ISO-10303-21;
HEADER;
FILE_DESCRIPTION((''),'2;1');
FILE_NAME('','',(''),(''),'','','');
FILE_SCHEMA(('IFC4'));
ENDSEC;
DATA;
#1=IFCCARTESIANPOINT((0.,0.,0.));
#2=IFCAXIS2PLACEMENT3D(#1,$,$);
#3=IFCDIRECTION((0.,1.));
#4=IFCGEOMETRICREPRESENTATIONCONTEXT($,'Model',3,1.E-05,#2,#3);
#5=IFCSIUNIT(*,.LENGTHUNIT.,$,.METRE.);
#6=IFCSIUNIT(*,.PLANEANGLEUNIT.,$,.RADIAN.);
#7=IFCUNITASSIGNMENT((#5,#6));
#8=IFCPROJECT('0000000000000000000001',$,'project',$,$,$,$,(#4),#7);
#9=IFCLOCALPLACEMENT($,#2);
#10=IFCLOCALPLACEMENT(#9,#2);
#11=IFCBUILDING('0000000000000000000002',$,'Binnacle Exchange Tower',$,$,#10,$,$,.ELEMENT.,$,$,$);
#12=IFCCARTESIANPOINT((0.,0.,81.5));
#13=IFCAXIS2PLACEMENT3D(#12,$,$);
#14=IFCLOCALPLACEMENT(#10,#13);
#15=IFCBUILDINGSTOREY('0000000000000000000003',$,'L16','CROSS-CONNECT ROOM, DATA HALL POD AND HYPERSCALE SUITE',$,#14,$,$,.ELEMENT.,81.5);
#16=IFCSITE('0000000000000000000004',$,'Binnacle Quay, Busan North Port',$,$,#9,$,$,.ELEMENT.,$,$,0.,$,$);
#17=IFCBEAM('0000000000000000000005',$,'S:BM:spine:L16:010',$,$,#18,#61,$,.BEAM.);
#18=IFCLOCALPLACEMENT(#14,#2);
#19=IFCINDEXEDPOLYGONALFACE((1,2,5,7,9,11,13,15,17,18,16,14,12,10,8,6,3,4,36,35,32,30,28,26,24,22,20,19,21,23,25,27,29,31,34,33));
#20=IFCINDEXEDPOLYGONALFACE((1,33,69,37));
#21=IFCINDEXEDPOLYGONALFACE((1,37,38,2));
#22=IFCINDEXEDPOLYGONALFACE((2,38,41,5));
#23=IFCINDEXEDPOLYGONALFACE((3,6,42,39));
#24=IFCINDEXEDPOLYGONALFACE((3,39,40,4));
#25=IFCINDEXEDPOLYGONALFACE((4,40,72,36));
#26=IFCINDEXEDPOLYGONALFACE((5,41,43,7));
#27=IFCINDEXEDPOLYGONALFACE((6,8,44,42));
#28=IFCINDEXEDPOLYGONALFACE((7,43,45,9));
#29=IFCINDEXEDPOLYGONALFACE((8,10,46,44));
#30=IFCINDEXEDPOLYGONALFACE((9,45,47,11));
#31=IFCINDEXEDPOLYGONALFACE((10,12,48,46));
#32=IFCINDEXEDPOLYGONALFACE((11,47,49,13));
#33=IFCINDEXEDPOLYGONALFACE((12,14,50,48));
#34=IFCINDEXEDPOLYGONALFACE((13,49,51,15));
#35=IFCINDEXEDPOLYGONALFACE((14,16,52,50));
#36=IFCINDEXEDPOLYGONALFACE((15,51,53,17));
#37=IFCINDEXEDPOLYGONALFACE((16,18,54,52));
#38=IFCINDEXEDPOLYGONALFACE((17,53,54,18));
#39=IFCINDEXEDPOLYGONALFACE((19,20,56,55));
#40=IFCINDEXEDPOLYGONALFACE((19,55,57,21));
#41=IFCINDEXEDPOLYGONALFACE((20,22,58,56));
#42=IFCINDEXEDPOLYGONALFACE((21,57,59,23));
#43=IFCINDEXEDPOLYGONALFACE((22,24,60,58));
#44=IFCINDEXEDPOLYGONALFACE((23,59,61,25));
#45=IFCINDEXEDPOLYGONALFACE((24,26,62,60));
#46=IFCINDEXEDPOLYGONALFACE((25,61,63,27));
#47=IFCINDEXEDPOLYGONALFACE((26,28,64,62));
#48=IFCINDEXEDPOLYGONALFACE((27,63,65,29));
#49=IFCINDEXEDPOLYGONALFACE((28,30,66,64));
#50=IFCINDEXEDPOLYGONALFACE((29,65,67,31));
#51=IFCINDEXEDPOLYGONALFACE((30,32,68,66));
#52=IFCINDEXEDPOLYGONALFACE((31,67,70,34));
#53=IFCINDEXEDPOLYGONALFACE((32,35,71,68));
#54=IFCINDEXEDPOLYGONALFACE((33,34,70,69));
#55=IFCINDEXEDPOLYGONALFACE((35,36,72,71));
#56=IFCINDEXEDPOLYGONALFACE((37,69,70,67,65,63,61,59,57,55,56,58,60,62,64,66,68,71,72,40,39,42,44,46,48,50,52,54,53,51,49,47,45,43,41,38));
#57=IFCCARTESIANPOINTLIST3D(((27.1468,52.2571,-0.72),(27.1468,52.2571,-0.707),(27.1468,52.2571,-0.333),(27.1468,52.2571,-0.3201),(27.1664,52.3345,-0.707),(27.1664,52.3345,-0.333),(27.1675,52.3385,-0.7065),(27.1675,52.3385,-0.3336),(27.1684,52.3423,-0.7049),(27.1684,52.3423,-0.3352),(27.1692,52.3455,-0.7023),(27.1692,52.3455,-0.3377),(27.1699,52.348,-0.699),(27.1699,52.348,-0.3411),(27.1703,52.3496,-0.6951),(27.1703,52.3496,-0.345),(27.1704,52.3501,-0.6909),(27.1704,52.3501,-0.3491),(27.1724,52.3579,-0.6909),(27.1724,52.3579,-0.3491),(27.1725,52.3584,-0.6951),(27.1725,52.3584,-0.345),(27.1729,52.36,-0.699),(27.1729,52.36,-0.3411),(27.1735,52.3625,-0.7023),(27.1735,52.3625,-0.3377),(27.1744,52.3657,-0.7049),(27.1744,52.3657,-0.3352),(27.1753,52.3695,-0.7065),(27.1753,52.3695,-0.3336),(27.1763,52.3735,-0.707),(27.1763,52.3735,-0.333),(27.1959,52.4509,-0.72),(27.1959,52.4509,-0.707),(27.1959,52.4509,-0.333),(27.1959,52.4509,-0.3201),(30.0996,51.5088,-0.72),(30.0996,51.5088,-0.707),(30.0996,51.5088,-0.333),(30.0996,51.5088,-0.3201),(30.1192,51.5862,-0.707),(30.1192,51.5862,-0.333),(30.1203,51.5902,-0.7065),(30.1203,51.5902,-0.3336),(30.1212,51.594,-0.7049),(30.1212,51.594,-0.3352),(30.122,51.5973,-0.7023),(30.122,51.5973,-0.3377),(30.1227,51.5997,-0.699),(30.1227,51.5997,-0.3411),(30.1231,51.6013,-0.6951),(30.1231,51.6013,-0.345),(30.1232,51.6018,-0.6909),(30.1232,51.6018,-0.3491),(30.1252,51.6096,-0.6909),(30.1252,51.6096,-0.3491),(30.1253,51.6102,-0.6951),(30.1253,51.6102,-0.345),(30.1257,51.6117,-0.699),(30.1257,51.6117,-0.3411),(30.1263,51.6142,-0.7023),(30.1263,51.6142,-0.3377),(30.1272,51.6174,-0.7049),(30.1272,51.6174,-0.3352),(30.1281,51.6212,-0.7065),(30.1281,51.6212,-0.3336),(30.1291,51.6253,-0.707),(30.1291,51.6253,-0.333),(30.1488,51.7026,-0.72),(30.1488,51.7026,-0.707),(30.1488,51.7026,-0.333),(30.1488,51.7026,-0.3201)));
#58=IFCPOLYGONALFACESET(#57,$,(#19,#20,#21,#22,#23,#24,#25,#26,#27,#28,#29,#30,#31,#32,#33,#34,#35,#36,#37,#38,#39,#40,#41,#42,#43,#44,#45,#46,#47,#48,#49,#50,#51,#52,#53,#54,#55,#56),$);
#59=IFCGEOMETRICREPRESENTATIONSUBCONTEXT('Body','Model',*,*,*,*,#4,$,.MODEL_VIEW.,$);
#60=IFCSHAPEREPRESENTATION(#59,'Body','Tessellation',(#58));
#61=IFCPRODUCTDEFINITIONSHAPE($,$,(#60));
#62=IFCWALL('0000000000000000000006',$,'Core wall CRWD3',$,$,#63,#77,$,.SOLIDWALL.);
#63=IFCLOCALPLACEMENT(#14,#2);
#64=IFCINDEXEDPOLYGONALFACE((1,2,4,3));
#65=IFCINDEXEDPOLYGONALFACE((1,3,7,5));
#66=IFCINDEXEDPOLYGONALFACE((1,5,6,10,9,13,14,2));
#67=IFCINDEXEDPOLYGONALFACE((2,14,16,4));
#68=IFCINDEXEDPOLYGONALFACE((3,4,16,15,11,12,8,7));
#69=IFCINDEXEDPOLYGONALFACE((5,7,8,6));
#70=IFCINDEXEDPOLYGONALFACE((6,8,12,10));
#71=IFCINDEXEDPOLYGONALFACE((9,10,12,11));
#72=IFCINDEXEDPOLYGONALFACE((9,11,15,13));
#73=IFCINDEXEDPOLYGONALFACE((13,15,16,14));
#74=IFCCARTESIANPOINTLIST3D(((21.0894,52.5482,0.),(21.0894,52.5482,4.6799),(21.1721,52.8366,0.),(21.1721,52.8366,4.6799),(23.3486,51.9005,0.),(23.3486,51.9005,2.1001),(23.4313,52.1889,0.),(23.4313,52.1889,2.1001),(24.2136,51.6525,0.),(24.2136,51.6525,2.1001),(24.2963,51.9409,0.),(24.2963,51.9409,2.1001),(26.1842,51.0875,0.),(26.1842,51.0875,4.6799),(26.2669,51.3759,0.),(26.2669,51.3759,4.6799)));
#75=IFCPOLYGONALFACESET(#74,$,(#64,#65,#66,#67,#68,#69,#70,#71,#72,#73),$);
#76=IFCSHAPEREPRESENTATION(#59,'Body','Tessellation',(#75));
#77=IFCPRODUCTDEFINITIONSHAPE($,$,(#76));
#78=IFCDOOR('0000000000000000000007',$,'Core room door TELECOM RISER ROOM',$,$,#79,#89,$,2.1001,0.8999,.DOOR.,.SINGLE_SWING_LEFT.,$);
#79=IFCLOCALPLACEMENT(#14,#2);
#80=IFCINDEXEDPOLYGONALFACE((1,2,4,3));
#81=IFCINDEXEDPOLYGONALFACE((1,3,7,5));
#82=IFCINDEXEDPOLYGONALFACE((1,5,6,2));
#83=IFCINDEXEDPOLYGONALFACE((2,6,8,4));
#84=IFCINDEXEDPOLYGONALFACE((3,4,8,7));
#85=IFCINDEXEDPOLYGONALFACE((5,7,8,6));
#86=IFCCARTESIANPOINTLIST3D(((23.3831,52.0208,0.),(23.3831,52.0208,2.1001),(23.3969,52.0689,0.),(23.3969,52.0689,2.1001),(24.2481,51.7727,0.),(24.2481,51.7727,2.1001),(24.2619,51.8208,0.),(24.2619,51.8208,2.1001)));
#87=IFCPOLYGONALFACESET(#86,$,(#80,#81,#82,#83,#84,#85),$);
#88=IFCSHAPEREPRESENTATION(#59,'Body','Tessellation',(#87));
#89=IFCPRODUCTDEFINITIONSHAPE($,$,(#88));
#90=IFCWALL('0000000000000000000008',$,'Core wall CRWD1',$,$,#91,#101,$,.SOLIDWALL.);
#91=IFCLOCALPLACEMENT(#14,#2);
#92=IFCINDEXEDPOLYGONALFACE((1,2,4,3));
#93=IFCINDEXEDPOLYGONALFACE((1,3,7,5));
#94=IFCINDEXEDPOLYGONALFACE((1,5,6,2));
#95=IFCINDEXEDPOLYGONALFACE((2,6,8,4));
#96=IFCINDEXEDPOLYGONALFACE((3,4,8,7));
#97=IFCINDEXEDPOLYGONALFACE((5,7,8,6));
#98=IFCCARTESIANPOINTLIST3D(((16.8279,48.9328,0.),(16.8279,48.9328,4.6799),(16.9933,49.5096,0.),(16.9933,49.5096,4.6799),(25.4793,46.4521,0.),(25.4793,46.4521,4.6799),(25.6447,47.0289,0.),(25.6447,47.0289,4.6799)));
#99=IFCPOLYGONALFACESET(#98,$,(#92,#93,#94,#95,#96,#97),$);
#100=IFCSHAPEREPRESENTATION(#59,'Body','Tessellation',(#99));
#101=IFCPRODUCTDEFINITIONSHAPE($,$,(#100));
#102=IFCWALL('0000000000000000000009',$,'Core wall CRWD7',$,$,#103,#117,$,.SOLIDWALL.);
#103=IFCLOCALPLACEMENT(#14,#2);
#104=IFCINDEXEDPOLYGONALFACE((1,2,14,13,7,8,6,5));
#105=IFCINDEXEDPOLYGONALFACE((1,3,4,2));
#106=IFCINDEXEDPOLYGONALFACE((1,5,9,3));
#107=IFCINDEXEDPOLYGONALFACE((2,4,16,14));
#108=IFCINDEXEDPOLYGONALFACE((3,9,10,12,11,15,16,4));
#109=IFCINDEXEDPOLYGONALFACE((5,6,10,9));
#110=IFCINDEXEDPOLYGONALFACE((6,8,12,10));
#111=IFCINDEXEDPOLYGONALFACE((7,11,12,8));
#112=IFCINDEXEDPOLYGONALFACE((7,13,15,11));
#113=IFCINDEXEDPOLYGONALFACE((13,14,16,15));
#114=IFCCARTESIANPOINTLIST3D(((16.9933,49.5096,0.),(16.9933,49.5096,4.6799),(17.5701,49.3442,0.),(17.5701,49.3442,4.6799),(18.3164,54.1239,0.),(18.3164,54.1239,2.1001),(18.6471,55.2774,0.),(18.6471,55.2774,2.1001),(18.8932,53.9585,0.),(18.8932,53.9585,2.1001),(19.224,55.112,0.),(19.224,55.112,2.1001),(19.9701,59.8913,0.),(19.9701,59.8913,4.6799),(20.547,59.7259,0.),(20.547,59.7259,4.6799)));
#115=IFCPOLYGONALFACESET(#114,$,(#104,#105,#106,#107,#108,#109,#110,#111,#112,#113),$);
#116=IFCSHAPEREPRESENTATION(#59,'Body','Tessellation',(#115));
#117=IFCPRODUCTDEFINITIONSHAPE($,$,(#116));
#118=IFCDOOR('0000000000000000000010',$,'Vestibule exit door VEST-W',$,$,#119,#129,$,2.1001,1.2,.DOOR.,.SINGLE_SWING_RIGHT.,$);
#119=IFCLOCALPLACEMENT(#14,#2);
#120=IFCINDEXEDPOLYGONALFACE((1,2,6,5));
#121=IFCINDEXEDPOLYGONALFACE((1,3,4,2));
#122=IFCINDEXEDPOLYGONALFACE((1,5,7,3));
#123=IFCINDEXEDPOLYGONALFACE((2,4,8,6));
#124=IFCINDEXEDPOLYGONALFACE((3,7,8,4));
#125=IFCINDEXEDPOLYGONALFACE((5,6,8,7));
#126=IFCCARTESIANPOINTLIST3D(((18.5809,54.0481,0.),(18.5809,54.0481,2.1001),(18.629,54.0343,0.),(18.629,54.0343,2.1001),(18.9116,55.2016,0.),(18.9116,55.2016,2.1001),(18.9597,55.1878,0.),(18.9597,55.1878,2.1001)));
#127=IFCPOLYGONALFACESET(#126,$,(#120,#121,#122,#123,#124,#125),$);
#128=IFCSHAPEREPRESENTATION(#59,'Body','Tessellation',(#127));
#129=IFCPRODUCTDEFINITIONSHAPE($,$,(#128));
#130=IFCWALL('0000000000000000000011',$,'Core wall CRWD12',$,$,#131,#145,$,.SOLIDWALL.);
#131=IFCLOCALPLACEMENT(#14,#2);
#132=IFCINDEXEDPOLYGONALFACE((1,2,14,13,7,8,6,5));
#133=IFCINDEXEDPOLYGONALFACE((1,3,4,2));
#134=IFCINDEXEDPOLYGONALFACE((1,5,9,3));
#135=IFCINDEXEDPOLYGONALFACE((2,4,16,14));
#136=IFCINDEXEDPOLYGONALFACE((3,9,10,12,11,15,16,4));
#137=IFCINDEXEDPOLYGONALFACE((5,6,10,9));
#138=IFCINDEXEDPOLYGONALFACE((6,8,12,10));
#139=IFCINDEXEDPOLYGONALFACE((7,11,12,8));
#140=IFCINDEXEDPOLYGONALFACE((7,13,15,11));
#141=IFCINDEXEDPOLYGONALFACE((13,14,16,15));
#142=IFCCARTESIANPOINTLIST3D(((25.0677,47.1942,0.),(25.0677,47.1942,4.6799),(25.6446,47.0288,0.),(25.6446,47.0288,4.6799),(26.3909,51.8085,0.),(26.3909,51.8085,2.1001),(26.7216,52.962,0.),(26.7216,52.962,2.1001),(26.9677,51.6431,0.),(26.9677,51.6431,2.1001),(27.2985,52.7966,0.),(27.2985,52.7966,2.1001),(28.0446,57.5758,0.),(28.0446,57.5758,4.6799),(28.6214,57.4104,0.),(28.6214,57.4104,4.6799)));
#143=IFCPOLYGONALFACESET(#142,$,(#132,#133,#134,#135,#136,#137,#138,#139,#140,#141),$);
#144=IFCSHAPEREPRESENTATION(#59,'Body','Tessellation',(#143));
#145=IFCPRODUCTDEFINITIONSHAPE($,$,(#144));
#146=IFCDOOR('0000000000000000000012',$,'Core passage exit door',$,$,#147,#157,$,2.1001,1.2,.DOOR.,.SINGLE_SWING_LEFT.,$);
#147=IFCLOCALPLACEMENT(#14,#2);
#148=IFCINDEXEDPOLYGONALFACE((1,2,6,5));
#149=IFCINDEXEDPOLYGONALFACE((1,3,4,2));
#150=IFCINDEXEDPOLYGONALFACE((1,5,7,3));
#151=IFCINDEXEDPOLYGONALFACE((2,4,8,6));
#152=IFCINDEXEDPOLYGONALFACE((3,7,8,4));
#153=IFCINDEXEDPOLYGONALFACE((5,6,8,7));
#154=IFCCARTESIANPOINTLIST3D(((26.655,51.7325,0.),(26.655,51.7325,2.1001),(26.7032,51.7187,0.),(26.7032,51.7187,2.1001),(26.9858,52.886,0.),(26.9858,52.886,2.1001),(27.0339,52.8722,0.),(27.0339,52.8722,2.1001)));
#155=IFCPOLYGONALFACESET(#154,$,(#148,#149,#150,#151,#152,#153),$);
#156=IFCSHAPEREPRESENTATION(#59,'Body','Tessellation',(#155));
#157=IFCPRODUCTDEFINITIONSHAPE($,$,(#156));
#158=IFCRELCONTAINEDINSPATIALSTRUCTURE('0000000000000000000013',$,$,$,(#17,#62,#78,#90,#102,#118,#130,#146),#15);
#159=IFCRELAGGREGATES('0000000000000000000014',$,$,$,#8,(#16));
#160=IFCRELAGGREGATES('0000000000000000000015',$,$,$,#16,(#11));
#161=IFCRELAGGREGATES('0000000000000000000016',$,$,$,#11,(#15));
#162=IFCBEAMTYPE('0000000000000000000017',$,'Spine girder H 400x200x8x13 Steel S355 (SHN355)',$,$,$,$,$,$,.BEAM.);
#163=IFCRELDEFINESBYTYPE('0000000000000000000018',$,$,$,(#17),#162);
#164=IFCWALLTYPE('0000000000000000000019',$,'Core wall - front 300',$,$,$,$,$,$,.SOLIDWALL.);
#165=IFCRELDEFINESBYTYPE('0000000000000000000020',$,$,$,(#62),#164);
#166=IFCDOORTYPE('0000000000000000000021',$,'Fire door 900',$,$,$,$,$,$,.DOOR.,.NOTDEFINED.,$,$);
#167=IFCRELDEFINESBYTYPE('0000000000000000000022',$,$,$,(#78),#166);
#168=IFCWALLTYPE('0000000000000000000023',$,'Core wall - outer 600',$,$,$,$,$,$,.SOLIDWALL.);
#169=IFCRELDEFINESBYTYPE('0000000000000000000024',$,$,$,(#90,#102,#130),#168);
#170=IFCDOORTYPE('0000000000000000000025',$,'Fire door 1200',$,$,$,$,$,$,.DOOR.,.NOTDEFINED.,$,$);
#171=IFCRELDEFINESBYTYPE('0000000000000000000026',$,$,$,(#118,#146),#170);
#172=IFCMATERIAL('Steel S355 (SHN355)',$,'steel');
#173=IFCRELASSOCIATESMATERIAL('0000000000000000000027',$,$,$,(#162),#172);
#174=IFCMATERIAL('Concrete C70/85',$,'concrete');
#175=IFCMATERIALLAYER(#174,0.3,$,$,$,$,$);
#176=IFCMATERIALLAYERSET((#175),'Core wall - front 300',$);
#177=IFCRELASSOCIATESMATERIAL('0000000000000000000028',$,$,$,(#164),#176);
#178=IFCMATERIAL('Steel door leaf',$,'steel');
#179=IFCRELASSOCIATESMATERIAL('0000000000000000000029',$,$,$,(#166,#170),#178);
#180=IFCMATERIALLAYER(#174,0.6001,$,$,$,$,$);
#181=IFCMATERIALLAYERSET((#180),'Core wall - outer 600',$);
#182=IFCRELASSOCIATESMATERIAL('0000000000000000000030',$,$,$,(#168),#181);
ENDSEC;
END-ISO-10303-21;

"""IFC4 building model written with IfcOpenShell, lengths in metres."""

from ifc_helpers import new_model, si_unit, direction, frame, frame_2d, origin, origin_2d, place, context, subcontext, project, spatial, rectangle, i_section, extrude, material, layer, layer_set, material_profile, profile_set, type_object, element, fill, save


model = new_model("IFC4")

# Units and contexts
model_context = context("Model", 3, precision=1e-05, world=origin(), true_north=direction((0.0, 1.0)))
body_context = subcontext(model_context, "Body", "Model", "MODEL_VIEW")
ifc_project = project(units=[si_unit("LENGTHUNIT", "METRE"), si_unit("PLANEANGLEUNIT", "RADIAN")], contexts=[model_context])

# Site, building, storey
site_placement = place(None, origin())
site = spatial("IfcSite", under=ifc_project, at=site_placement, Name="Binnacle Quay, Busan North Port", CompositionType="ELEMENT", RefElevation=0.0)
building_placement = place(site_placement, origin())
building = spatial("IfcBuilding", under=site, at=building_placement, Name="Binnacle Exchange Tower", CompositionType="ELEMENT")
storey_placement = place(building_placement, frame((0.0, 0.0, 81.5)))
storey = spatial("IfcBuildingStorey", under=building, at=storey_placement, Name="L16", Description="CROSS-CONNECT ROOM, DATA HALL POD AND HYPERSCALE SUITE", CompositionType="ELEMENT", Elevation=81.5)

# Shared definitions
ifc_material_1 = material(Name="Concrete C70/85", Category="concrete")

# Beam
ifc_material_2 = material(Name="Steel S355 (SHN355)", Category="steel")
ifc_material_profile_1 = material_profile(ifc_material_2, i_section(OverallWidth=0.2, OverallDepth=0.3999, WebThickness=0.0081, FlangeThickness=0.0129, FilletRadius=0.0161, at=origin_2d()), Name="H 400x200x8x13")
ifc_profile_set_1 = profile_set([ifc_material_profile_1], Name="Steel S355 (SHN355)")
beam_type_1 = type_object("IfcBeamType", Name="Spine girder H 400x200x8x13 Steel S355 (SHN355)", PredefinedType="BEAM", material=ifc_profile_set_1)
beam_1_placement = place(storey_placement, frame((27.1714, 52.354, -0.52), z_axis=(0.96936, -0.245646, 0.0), x_axis=(0.245646, 0.96936, 0.0)))
element("IfcBeam", 1, at=beam_1_placement, inside=storey, type_object=beam_type_1, Name="S:BM:spine:L16:010", PredefinedType="BEAM", context=body_context, shape_type="SweptSolid", body=[
    extrude(i_section(OverallWidth=0.2, OverallDepth=0.3999, WebThickness=0.0081, FlangeThickness=0.0129, FilletRadius=0.0161, at=origin_2d()), origin(), (0.0, 0.0, 1.0), 3.0461),
])

# Wall, opening, door
ifc_layer_1 = layer(ifc_material_1, 0.3)
ifc_layer_set_1 = layer_set([ifc_layer_1], Name="Core wall - front 300")
wall_type_1 = type_object("IfcWallType", Name="Core wall - front 300", PredefinedType="SOLIDWALL", material=ifc_layer_set_1)
wall_1_placement = place(storey_placement, frame((21.1309, 52.6924, 0.0), z_axis=(0.0, 0.0, 1.0), x_axis=(0.961271, -0.275603, 0.0)))
wall_1 = element("IfcWall", 2, at=wall_1_placement, inside=storey, type_object=wall_type_1, Name="Core wall CRWD3", PredefinedType="SOLIDWALL", context=body_context, shape_type="SweptSolid", body=[
    extrude(rectangle(XDim=5.3, YDim=0.3, at=frame_2d((2.6499, 0.0))), origin(), (0.0, 0.0, 1.0), 4.6799),
])
opening_1_placement = place(wall_1_placement, frame((2.3501, 0.0, 0.0)))
opening_1 = element("IfcOpeningElement", 3, at=opening_1_placement, cuts=wall_1, PredefinedType="OPENING", context=body_context, shape_type="SweptSolid", body=[
    extrude(rectangle(XDim=0.8999, YDim=2.1001, at=frame_2d((0.45, 1.05))), frame((0.0, 0.1599, 0.0), z_axis=(0.0, -1.0, 0.0), x_axis=(1.0, 0.0, 0.0)), (0.0, 0.0, 1.0), 0.3201),
])
ifc_material_3 = material(Name="Steel door leaf", Category="steel")
door_type_1 = type_object("IfcDoorType", Name="Fire door 900", OperationType="NOTDEFINED", PredefinedType="DOOR", material=ifc_material_3)
door_1_placement = place(opening_1_placement, frame((0.8999, 0.0, 0.0), z_axis=(0.0, 0.0, 1.0), x_axis=(-1.0, 0.0, 0.0)))
door_1 = element("IfcDoor", 4, at=door_1_placement, inside=storey, type_object=door_type_1, Name="Core room door TELECOM RISER ROOM", OperationType="SINGLE_SWING_LEFT", OverallHeight=2.1001, OverallWidth=0.8999, PredefinedType="DOOR", context=body_context, shape_type="SweptSolid", body=[
    extrude(rectangle(XDim=0.8999, YDim=2.1001, at=frame_2d((0.45, 1.05))), frame((0.0, 0.0249, 0.0), z_axis=(0.0, -1.0, 0.0), x_axis=(1.0, 0.0, 0.0)), (0.0, 0.0, 1.0), 0.05),
])
fill(opening_1, door_1)

# Wall
ifc_layer_2 = layer(ifc_material_1, 0.6001)
ifc_layer_set_2 = layer_set([ifc_layer_2], Name="Core wall - outer 600")
wall_type_2 = type_object("IfcWallType", Name="Core wall - outer 600", PredefinedType="SOLIDWALL", material=ifc_layer_set_2)
wall_2_placement = place(storey_placement, frame((16.9106, 49.2212, 0.0), z_axis=(0.0, 0.0, 1.0), x_axis=(0.961262, -0.275635, 0.0)))
element("IfcWall", 5, at=wall_2_placement, inside=storey, type_object=wall_type_2, Name="Core wall CRWD1", PredefinedType="SOLIDWALL", context=body_context, shape_type="SweptSolid", body=[
    extrude(rectangle(XDim=9.0, YDim=0.6001, at=frame_2d((4.5, 0.0))), origin(), (0.0, 0.0, 1.0), 4.6799),
])

# Walls, openings, doors
wall_3_placement = place(storey_placement, frame((17.2817, 49.427, 0.0), z_axis=(0.0, 0.0, 1.0), x_axis=(0.275632, 0.961263, 0.0)))
wall_3 = element("IfcWall", 6, at=wall_3_placement, inside=storey, type_object=wall_type_2, Name="Core wall CRWD7", PredefinedType="SOLIDWALL", context=body_context, shape_type="SweptSolid", body=[
    extrude(rectangle(XDim=10.8, YDim=0.6001, at=frame_2d((5.3999, 0.0))), origin(), (0.0, 0.0, 1.0), 4.6799),
])
opening_2_placement = place(wall_3_placement, frame((4.8, 0.0, 0.0)))
opening_2 = element("IfcOpeningElement", 7, at=opening_2_placement, cuts=wall_3, PredefinedType="OPENING", context=body_context, shape_type="SweptSolid", body=[
    extrude(rectangle(XDim=1.2, YDim=2.1001, at=frame_2d((0.6001, 1.05))), frame((0.0, 0.3101, 0.0), z_axis=(0.0, -1.0, 0.0), x_axis=(1.0, 0.0, 0.0)), (0.0, 0.0, 1.0), 0.6201),
])
door_type_2 = type_object("IfcDoorType", Name="Fire door 1200", OperationType="NOTDEFINED", PredefinedType="DOOR", material=ifc_material_3)
door_2_placement = place(opening_2_placement, origin())
door_2 = element("IfcDoor", 8, at=door_2_placement, inside=storey, type_object=door_type_2, Name="Vestibule exit door VEST-W", OperationType="SINGLE_SWING_RIGHT", OverallHeight=2.1001, OverallWidth=1.2, PredefinedType="DOOR", context=body_context, shape_type="SweptSolid", body=[
    extrude(rectangle(XDim=1.2, YDim=2.1001, at=frame_2d((0.6001, 1.05))), frame((0.0, 0.0249, 0.0), z_axis=(0.0, -1.0, 0.0), x_axis=(1.0, 0.0, 0.0)), (0.0, 0.0, 1.0), 0.05),
])
fill(opening_2, door_2)
wall_4_placement = place(storey_placement, frame((25.3562, 47.1116, 0.0), z_axis=(0.0, 0.0, 1.0), x_axis=(0.275632, 0.961263, 0.0)))
wall_4 = element("IfcWall", 9, at=wall_4_placement, inside=storey, type_object=wall_type_2, Name="Core wall CRWD12", PredefinedType="SOLIDWALL", context=body_context, shape_type="SweptSolid", body=[
    extrude(rectangle(XDim=10.8, YDim=0.6001, at=frame_2d((5.3999, 0.0))), origin(), (0.0, 0.0, 1.0), 4.6799),
])
opening_3_placement = place(wall_4_placement, frame((4.8, 0.0, 0.0)))
opening_3 = element("IfcOpeningElement", 10, at=opening_3_placement, cuts=wall_4, PredefinedType="OPENING", context=body_context, shape_type="SweptSolid", body=[
    extrude(rectangle(XDim=1.2, YDim=2.1001, at=frame_2d((0.6001, 1.05))), frame((0.0, 0.3101, 0.0), z_axis=(0.0, -1.0, 0.0), x_axis=(1.0, 0.0, 0.0)), (0.0, 0.0, 1.0), 0.6201),
])
door_3_placement = place(opening_3_placement, frame((1.2, 0.0, 0.0), z_axis=(0.0, 0.0, 1.0), x_axis=(-1.0, 0.0, 0.0)))
door_3 = element("IfcDoor", 11, at=door_3_placement, inside=storey, type_object=door_type_2, Name="Core passage exit door", OperationType="SINGLE_SWING_LEFT", OverallHeight=2.1001, OverallWidth=1.2, PredefinedType="DOOR", context=body_context, shape_type="SweptSolid", body=[
    extrude(rectangle(XDim=1.2, YDim=2.1001, at=frame_2d((0.6001, 1.05))), frame((0.0, 0.0249, 0.0), z_axis=(0.0, -1.0, 0.0), x_axis=(1.0, 0.0, 0.0)), (0.0, 0.0, 1.0), 0.05),
])
fill(opening_3, door_3)

save(model, "model.ifc")
